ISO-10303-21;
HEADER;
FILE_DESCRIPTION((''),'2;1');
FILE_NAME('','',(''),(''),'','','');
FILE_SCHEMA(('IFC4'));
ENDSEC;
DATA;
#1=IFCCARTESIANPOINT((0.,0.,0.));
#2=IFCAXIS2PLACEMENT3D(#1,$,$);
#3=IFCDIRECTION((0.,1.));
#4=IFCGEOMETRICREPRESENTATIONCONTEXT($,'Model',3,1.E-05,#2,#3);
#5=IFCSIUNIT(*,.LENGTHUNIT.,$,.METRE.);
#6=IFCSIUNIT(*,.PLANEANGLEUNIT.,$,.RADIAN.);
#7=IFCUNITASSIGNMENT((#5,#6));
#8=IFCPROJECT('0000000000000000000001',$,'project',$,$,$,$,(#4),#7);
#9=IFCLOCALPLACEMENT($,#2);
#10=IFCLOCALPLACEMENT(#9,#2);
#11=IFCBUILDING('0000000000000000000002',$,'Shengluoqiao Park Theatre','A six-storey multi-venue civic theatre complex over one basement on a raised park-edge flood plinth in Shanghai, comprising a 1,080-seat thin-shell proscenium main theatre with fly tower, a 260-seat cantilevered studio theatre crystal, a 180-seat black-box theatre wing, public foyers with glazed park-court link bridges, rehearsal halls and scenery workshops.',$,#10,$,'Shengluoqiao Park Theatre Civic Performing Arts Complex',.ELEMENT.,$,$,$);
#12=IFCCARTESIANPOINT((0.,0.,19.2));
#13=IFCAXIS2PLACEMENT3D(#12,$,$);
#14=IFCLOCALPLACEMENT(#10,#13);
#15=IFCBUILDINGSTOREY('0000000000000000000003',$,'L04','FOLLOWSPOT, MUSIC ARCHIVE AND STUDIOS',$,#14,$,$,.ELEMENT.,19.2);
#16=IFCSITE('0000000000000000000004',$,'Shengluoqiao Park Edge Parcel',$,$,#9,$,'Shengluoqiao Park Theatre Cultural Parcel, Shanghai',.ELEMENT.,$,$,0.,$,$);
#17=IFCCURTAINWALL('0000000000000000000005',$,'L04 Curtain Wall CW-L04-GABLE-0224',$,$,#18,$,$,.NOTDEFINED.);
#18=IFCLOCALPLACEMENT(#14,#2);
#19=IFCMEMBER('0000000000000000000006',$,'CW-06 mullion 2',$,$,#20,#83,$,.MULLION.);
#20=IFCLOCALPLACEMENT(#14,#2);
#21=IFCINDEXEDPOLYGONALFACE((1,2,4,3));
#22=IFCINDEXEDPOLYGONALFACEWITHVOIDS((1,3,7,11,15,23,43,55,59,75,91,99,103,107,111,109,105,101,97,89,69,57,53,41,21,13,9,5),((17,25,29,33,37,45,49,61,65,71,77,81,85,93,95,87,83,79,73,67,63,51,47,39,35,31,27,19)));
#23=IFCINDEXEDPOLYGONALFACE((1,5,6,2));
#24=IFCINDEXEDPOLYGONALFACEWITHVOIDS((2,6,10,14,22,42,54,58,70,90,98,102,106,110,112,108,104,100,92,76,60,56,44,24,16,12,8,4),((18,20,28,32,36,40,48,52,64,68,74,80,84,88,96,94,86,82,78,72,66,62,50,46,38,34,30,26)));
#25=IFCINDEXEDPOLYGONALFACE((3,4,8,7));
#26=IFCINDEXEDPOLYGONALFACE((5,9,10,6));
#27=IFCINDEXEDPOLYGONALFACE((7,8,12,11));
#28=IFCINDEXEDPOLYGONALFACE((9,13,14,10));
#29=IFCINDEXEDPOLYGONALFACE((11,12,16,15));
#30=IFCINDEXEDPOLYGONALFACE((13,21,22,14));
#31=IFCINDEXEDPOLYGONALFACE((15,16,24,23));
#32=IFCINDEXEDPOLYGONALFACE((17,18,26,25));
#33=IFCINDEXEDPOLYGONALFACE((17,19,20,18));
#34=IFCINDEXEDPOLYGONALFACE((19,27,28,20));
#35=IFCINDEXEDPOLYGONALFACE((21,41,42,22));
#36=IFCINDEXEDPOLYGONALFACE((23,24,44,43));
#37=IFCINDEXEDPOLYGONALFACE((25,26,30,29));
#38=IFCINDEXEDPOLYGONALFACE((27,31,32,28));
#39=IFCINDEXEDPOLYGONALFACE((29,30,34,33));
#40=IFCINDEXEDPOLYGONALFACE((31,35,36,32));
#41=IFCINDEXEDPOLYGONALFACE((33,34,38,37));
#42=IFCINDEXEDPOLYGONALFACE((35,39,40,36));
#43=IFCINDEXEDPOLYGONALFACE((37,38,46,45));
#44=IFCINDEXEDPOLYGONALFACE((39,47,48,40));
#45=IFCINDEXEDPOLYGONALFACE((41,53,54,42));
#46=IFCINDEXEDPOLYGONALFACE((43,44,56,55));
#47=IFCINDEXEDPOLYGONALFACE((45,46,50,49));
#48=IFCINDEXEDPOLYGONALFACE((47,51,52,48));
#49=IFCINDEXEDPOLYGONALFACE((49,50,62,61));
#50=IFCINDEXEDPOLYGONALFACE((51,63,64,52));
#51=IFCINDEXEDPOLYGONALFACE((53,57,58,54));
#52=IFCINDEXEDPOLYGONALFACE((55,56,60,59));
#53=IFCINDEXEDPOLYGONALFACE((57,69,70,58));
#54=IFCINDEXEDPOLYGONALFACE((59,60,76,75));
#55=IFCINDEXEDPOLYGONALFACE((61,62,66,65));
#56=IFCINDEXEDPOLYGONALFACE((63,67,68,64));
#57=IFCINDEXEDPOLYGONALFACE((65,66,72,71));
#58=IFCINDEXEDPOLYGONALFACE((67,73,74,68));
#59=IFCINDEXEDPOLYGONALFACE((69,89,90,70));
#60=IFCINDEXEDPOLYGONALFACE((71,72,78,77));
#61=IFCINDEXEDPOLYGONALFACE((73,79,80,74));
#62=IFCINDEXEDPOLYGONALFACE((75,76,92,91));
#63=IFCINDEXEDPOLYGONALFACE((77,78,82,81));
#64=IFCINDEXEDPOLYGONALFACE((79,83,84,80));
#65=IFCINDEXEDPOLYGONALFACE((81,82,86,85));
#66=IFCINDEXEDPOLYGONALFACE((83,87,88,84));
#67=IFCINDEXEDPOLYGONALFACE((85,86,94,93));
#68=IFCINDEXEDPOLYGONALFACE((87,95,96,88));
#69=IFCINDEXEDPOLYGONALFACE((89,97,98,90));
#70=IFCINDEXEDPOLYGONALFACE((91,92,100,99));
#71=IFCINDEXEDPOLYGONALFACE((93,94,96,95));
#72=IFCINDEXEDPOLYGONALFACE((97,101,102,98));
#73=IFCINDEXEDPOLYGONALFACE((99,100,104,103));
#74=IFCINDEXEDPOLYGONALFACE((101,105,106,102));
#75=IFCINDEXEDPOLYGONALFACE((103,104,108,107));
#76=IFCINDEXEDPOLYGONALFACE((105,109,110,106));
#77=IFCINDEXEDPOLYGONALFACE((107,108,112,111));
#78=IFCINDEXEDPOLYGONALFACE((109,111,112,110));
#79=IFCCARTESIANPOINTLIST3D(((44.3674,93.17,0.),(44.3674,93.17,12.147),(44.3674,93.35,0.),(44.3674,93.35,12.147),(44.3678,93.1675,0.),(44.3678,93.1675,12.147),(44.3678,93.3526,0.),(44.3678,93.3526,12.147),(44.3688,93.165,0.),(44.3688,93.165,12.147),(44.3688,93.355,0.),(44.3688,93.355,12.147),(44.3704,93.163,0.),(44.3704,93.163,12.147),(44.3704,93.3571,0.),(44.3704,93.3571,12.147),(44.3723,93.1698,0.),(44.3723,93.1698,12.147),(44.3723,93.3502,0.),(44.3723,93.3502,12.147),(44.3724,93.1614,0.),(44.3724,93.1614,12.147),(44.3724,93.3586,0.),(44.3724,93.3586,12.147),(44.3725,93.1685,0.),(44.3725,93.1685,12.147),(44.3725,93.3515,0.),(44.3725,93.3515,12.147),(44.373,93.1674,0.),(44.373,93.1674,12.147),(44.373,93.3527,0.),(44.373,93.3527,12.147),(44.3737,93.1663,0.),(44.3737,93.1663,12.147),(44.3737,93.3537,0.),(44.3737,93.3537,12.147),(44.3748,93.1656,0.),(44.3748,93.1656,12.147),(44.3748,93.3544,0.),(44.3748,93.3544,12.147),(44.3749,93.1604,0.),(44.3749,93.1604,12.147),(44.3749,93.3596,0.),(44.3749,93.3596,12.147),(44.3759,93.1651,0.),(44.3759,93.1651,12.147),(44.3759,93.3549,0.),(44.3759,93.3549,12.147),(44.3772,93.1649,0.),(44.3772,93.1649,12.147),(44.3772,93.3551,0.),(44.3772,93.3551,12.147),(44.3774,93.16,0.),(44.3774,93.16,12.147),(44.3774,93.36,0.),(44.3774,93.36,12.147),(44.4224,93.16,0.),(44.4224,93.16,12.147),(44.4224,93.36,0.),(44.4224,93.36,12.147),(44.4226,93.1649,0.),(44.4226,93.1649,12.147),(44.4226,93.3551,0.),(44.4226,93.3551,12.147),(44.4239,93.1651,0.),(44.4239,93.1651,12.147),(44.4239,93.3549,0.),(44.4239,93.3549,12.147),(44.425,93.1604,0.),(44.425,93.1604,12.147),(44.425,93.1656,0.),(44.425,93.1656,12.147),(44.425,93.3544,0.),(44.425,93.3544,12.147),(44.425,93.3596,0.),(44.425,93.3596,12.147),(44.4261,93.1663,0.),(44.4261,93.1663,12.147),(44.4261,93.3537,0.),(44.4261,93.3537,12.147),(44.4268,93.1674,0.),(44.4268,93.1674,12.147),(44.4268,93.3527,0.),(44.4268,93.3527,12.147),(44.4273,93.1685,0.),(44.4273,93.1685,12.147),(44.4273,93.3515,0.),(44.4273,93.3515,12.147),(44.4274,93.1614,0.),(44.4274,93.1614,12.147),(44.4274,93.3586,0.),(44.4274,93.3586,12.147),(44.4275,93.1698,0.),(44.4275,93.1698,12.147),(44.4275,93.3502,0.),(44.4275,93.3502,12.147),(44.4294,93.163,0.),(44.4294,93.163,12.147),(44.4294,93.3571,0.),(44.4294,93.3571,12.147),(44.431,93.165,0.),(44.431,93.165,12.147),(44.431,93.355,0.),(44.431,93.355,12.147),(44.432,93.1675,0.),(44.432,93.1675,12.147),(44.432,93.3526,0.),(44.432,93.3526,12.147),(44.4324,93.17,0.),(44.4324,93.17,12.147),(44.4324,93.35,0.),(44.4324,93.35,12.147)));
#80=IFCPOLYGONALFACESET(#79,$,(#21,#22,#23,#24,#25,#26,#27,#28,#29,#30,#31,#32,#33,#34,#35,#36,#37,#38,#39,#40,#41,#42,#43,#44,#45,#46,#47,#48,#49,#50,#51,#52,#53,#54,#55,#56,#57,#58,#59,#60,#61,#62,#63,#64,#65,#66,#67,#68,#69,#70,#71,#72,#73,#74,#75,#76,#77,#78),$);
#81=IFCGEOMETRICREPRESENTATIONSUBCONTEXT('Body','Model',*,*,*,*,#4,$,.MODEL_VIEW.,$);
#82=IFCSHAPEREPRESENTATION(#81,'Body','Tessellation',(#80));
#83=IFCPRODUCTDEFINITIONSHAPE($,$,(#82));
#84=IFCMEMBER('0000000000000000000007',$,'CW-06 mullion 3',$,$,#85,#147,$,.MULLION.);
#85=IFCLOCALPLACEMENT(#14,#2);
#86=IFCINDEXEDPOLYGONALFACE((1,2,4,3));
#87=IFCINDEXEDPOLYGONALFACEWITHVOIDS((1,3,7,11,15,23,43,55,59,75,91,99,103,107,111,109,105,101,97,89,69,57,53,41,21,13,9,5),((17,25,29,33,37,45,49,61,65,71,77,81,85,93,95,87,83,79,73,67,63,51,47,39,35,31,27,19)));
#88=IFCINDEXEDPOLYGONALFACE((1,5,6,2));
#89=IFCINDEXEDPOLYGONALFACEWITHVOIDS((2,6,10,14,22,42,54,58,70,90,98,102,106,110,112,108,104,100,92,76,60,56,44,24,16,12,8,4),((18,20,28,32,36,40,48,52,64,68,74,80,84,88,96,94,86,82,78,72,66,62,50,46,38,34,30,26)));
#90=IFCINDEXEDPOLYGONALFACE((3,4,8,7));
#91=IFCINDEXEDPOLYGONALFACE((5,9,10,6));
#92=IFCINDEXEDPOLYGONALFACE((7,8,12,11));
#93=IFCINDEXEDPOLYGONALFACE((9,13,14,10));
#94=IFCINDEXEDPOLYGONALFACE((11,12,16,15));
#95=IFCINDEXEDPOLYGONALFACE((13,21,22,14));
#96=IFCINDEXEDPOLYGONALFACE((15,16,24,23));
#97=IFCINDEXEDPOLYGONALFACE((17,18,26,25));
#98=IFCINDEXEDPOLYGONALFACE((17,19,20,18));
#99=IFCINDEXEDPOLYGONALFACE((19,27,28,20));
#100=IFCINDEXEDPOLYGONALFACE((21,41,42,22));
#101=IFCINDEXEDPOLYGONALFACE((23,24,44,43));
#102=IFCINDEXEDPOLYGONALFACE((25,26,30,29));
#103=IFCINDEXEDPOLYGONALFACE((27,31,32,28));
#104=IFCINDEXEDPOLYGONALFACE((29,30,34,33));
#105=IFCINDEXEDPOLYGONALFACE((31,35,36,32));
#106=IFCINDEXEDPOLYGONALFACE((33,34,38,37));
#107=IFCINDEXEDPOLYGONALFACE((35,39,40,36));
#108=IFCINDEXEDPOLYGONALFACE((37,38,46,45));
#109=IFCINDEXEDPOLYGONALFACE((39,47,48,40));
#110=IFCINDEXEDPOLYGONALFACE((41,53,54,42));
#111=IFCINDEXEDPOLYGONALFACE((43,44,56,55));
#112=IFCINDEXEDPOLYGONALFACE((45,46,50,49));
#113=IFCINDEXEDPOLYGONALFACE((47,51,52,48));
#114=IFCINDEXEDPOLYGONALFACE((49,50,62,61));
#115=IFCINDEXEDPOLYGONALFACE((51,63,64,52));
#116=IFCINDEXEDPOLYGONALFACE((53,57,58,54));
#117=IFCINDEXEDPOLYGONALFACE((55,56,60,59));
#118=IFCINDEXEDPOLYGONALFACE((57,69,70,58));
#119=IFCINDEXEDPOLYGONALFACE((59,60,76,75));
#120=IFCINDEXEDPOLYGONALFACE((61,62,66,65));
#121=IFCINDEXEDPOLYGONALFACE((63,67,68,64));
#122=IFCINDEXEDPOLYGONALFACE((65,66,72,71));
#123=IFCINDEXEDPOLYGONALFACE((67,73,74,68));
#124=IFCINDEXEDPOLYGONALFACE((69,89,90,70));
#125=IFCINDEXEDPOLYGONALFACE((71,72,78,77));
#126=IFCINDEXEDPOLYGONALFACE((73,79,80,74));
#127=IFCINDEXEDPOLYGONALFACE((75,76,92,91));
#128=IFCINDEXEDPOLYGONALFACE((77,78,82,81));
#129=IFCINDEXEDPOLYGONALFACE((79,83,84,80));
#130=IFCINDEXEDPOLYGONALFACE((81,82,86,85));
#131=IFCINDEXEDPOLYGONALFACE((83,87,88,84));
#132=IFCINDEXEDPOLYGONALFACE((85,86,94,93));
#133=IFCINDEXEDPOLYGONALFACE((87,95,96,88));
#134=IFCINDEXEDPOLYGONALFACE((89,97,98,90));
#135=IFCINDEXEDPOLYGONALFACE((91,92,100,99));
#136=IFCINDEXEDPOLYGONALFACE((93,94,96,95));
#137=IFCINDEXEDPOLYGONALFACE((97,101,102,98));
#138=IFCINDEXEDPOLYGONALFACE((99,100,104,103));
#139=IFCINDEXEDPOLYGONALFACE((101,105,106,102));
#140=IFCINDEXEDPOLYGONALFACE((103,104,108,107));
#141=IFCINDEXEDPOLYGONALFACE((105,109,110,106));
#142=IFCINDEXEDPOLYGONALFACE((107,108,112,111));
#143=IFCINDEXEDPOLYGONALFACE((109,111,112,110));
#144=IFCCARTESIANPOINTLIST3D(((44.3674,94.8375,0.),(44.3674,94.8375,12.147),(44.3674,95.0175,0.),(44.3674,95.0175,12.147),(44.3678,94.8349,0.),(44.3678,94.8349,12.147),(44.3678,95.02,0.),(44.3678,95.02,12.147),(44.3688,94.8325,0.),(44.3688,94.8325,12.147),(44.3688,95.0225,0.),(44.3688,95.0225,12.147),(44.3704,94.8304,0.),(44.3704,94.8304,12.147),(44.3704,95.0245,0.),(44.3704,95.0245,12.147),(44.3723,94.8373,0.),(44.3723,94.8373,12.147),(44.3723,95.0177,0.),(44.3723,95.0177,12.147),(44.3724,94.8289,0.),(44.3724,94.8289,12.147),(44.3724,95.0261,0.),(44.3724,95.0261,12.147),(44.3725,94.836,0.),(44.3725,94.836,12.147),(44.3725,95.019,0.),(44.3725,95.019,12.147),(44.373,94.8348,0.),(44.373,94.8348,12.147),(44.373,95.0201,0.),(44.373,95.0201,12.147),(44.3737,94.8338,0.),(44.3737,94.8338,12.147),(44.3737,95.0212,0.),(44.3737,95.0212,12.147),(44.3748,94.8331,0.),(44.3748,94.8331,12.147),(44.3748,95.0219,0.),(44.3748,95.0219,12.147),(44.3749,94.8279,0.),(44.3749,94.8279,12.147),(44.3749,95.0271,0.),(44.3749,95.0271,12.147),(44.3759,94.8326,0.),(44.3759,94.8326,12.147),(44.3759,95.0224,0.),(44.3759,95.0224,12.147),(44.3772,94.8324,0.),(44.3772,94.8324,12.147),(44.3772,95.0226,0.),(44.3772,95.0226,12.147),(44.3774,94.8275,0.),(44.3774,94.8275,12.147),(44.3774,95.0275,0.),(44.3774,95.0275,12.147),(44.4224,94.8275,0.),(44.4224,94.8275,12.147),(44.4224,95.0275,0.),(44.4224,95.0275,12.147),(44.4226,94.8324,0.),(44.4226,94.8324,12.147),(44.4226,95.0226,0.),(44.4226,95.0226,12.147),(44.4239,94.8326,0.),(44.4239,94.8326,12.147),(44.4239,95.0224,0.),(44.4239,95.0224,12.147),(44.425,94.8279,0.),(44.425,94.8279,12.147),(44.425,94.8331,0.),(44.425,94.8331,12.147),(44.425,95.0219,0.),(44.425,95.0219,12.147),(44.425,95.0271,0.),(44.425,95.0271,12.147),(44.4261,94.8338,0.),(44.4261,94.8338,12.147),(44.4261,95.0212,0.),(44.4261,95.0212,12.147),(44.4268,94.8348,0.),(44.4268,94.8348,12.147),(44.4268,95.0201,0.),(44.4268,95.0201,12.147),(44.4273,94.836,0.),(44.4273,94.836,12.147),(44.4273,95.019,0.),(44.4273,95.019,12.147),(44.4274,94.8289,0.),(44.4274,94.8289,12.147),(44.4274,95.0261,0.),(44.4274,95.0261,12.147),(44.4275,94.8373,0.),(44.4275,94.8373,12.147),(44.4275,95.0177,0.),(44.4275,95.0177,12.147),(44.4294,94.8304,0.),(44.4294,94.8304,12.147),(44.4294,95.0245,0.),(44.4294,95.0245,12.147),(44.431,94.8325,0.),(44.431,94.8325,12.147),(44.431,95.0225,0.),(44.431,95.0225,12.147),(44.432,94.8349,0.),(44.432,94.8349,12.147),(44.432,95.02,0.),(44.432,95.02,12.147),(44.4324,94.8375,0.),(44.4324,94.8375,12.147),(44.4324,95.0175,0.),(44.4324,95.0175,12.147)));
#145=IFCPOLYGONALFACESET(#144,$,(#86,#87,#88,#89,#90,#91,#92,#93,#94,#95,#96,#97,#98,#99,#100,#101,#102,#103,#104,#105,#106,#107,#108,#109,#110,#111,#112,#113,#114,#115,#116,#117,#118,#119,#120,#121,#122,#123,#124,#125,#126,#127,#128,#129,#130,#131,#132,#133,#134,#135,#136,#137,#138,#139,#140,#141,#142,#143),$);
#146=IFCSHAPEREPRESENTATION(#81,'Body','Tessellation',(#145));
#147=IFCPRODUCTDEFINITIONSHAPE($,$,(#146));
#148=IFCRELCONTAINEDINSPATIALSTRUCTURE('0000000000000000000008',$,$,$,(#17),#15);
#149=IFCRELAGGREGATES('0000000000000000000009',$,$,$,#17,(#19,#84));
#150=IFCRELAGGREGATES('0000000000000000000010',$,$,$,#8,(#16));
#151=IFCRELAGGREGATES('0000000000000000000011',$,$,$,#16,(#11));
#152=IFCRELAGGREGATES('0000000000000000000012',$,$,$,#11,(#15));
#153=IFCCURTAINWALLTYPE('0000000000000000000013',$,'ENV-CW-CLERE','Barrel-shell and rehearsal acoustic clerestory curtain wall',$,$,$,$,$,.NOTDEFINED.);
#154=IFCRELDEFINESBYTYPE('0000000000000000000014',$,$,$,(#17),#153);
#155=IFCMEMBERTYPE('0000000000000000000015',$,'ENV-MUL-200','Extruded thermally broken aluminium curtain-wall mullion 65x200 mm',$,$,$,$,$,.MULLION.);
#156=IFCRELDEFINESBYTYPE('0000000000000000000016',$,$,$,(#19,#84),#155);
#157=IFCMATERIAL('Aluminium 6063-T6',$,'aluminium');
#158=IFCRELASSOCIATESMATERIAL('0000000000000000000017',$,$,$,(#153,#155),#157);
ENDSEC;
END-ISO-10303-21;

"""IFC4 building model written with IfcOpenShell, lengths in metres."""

from ifc_helpers import new_model, si_unit, direction, frame, origin, origin_2d, place, context, subcontext, project, spatial, hollow_rectangle, extrude, material, material_profile, profile_set, type_object, element, aggregate, save


model = new_model("IFC4")

# Units and contexts
model_context = context("Model", 3, precision=1e-05, world=origin(), true_north=direction((0.0, 1.0)))
body_context = subcontext(model_context, "Body", "Model", "MODEL_VIEW")
ifc_project = project(units=[si_unit("LENGTHUNIT", "METRE"), si_unit("PLANEANGLEUNIT", "RADIAN")], contexts=[model_context])

# Site, building, storey
site_placement = place(None, origin())
site = spatial("IfcSite", under=ifc_project, at=site_placement, Name="Shengluoqiao Park Edge Parcel", LongName="Shengluoqiao Park Theatre Cultural Parcel, Shanghai", CompositionType="ELEMENT", RefElevation=0.0)
building_placement = place(site_placement, origin())
building = spatial("IfcBuilding", under=site, at=building_placement, Name="Shengluoqiao Park Theatre", Description="A six-storey multi-venue civic theatre complex over one basement on a raised park-edge flood plinth in Shanghai, comprising a 1,080-seat thin-shell proscenium main theatre with fly tower, a 260-seat cantilevered studio theatre crystal, a 180-seat black-box theatre wing, public foyers with glazed park-court link bridges, rehearsal halls and scenery workshops.", LongName="Shengluoqiao Park Theatre Civic Performing Arts Complex", CompositionType="ELEMENT")
storey_placement = place(building_placement, frame((0.0, 0.0, 19.2)))
storey = spatial("IfcBuildingStorey", under=building, at=storey_placement, Name="L04", Description="FOLLOWSPOT, MUSIC ARCHIVE AND STUDIOS", CompositionType="ELEMENT", Elevation=19.2)

# Curtain wall, members
ifc_material_1 = material(Name="Aluminium 6063-T6", Category="aluminium")
curtain_wall_type = type_object("IfcCurtainWallType", Name="ENV-CW-CLERE", Description="Barrel-shell and rehearsal acoustic clerestory curtain wall", PredefinedType="NOTDEFINED", material=ifc_material_1)
curtain_wall_1_placement = place(storey_placement, origin())
curtain_wall_1 = element("IfcCurtainWall", 1, at=curtain_wall_1_placement, inside=storey, type_object=curtain_wall_type, Name="L04 Curtain Wall CW-L04-GABLE-0224", PredefinedType="NOTDEFINED")
ifc_material_profile_1 = material_profile(ifc_material_1, hollow_rectangle(XDim=0.0649, YDim=0.2, WallThickness=0.0049, InnerFilletRadius=0.0049, OuterFilletRadius=0.01, at=origin_2d()), Name="ALU MULLION 200x65x5")
ifc_profile_set_1 = profile_set([ifc_material_profile_1], Name="Aluminium 6063-T6")
member_type_1 = type_object("IfcMemberType", Name="ENV-MUL-200", Description="Extruded thermally broken aluminium curtain-wall mullion 65x200 mm", PredefinedType="MULLION", material=ifc_profile_set_1)
member_1_placement = place(storey_placement, frame((44.3999, 93.26, 0.0), z_axis=(0.0, 0.0, 1.0), x_axis=(-1.0, 0.0, 0.0)))
member_1 = element("IfcMember", 2, at=member_1_placement, type_object=member_type_1, Name="CW-06 mullion 2", PredefinedType="MULLION", context=body_context, shape_type="SweptSolid", body=[
    extrude(hollow_rectangle(XDim=0.0649, YDim=0.2, WallThickness=0.0049, InnerFilletRadius=0.0049, OuterFilletRadius=0.01, at=origin_2d()), origin(), (0.0, 0.0, 1.0), 12.147),
])
member_2_placement = place(storey_placement, frame((44.3999, 94.9275, 0.0), z_axis=(0.0, 0.0, 1.0), x_axis=(-1.0, 0.0, 0.0)))
member_2 = element("IfcMember", 3, at=member_2_placement, type_object=member_type_1, Name="CW-06 mullion 3", PredefinedType="MULLION", context=body_context, shape_type="SweptSolid", body=[
    extrude(hollow_rectangle(XDim=0.0649, YDim=0.2, WallThickness=0.0049, InnerFilletRadius=0.0049, OuterFilletRadius=0.01, at=origin_2d()), origin(), (0.0, 0.0, 1.0), 12.147),
])

aggregate(curtain_wall_1, [member_1, member_2])

save(model, "model.ifc")
